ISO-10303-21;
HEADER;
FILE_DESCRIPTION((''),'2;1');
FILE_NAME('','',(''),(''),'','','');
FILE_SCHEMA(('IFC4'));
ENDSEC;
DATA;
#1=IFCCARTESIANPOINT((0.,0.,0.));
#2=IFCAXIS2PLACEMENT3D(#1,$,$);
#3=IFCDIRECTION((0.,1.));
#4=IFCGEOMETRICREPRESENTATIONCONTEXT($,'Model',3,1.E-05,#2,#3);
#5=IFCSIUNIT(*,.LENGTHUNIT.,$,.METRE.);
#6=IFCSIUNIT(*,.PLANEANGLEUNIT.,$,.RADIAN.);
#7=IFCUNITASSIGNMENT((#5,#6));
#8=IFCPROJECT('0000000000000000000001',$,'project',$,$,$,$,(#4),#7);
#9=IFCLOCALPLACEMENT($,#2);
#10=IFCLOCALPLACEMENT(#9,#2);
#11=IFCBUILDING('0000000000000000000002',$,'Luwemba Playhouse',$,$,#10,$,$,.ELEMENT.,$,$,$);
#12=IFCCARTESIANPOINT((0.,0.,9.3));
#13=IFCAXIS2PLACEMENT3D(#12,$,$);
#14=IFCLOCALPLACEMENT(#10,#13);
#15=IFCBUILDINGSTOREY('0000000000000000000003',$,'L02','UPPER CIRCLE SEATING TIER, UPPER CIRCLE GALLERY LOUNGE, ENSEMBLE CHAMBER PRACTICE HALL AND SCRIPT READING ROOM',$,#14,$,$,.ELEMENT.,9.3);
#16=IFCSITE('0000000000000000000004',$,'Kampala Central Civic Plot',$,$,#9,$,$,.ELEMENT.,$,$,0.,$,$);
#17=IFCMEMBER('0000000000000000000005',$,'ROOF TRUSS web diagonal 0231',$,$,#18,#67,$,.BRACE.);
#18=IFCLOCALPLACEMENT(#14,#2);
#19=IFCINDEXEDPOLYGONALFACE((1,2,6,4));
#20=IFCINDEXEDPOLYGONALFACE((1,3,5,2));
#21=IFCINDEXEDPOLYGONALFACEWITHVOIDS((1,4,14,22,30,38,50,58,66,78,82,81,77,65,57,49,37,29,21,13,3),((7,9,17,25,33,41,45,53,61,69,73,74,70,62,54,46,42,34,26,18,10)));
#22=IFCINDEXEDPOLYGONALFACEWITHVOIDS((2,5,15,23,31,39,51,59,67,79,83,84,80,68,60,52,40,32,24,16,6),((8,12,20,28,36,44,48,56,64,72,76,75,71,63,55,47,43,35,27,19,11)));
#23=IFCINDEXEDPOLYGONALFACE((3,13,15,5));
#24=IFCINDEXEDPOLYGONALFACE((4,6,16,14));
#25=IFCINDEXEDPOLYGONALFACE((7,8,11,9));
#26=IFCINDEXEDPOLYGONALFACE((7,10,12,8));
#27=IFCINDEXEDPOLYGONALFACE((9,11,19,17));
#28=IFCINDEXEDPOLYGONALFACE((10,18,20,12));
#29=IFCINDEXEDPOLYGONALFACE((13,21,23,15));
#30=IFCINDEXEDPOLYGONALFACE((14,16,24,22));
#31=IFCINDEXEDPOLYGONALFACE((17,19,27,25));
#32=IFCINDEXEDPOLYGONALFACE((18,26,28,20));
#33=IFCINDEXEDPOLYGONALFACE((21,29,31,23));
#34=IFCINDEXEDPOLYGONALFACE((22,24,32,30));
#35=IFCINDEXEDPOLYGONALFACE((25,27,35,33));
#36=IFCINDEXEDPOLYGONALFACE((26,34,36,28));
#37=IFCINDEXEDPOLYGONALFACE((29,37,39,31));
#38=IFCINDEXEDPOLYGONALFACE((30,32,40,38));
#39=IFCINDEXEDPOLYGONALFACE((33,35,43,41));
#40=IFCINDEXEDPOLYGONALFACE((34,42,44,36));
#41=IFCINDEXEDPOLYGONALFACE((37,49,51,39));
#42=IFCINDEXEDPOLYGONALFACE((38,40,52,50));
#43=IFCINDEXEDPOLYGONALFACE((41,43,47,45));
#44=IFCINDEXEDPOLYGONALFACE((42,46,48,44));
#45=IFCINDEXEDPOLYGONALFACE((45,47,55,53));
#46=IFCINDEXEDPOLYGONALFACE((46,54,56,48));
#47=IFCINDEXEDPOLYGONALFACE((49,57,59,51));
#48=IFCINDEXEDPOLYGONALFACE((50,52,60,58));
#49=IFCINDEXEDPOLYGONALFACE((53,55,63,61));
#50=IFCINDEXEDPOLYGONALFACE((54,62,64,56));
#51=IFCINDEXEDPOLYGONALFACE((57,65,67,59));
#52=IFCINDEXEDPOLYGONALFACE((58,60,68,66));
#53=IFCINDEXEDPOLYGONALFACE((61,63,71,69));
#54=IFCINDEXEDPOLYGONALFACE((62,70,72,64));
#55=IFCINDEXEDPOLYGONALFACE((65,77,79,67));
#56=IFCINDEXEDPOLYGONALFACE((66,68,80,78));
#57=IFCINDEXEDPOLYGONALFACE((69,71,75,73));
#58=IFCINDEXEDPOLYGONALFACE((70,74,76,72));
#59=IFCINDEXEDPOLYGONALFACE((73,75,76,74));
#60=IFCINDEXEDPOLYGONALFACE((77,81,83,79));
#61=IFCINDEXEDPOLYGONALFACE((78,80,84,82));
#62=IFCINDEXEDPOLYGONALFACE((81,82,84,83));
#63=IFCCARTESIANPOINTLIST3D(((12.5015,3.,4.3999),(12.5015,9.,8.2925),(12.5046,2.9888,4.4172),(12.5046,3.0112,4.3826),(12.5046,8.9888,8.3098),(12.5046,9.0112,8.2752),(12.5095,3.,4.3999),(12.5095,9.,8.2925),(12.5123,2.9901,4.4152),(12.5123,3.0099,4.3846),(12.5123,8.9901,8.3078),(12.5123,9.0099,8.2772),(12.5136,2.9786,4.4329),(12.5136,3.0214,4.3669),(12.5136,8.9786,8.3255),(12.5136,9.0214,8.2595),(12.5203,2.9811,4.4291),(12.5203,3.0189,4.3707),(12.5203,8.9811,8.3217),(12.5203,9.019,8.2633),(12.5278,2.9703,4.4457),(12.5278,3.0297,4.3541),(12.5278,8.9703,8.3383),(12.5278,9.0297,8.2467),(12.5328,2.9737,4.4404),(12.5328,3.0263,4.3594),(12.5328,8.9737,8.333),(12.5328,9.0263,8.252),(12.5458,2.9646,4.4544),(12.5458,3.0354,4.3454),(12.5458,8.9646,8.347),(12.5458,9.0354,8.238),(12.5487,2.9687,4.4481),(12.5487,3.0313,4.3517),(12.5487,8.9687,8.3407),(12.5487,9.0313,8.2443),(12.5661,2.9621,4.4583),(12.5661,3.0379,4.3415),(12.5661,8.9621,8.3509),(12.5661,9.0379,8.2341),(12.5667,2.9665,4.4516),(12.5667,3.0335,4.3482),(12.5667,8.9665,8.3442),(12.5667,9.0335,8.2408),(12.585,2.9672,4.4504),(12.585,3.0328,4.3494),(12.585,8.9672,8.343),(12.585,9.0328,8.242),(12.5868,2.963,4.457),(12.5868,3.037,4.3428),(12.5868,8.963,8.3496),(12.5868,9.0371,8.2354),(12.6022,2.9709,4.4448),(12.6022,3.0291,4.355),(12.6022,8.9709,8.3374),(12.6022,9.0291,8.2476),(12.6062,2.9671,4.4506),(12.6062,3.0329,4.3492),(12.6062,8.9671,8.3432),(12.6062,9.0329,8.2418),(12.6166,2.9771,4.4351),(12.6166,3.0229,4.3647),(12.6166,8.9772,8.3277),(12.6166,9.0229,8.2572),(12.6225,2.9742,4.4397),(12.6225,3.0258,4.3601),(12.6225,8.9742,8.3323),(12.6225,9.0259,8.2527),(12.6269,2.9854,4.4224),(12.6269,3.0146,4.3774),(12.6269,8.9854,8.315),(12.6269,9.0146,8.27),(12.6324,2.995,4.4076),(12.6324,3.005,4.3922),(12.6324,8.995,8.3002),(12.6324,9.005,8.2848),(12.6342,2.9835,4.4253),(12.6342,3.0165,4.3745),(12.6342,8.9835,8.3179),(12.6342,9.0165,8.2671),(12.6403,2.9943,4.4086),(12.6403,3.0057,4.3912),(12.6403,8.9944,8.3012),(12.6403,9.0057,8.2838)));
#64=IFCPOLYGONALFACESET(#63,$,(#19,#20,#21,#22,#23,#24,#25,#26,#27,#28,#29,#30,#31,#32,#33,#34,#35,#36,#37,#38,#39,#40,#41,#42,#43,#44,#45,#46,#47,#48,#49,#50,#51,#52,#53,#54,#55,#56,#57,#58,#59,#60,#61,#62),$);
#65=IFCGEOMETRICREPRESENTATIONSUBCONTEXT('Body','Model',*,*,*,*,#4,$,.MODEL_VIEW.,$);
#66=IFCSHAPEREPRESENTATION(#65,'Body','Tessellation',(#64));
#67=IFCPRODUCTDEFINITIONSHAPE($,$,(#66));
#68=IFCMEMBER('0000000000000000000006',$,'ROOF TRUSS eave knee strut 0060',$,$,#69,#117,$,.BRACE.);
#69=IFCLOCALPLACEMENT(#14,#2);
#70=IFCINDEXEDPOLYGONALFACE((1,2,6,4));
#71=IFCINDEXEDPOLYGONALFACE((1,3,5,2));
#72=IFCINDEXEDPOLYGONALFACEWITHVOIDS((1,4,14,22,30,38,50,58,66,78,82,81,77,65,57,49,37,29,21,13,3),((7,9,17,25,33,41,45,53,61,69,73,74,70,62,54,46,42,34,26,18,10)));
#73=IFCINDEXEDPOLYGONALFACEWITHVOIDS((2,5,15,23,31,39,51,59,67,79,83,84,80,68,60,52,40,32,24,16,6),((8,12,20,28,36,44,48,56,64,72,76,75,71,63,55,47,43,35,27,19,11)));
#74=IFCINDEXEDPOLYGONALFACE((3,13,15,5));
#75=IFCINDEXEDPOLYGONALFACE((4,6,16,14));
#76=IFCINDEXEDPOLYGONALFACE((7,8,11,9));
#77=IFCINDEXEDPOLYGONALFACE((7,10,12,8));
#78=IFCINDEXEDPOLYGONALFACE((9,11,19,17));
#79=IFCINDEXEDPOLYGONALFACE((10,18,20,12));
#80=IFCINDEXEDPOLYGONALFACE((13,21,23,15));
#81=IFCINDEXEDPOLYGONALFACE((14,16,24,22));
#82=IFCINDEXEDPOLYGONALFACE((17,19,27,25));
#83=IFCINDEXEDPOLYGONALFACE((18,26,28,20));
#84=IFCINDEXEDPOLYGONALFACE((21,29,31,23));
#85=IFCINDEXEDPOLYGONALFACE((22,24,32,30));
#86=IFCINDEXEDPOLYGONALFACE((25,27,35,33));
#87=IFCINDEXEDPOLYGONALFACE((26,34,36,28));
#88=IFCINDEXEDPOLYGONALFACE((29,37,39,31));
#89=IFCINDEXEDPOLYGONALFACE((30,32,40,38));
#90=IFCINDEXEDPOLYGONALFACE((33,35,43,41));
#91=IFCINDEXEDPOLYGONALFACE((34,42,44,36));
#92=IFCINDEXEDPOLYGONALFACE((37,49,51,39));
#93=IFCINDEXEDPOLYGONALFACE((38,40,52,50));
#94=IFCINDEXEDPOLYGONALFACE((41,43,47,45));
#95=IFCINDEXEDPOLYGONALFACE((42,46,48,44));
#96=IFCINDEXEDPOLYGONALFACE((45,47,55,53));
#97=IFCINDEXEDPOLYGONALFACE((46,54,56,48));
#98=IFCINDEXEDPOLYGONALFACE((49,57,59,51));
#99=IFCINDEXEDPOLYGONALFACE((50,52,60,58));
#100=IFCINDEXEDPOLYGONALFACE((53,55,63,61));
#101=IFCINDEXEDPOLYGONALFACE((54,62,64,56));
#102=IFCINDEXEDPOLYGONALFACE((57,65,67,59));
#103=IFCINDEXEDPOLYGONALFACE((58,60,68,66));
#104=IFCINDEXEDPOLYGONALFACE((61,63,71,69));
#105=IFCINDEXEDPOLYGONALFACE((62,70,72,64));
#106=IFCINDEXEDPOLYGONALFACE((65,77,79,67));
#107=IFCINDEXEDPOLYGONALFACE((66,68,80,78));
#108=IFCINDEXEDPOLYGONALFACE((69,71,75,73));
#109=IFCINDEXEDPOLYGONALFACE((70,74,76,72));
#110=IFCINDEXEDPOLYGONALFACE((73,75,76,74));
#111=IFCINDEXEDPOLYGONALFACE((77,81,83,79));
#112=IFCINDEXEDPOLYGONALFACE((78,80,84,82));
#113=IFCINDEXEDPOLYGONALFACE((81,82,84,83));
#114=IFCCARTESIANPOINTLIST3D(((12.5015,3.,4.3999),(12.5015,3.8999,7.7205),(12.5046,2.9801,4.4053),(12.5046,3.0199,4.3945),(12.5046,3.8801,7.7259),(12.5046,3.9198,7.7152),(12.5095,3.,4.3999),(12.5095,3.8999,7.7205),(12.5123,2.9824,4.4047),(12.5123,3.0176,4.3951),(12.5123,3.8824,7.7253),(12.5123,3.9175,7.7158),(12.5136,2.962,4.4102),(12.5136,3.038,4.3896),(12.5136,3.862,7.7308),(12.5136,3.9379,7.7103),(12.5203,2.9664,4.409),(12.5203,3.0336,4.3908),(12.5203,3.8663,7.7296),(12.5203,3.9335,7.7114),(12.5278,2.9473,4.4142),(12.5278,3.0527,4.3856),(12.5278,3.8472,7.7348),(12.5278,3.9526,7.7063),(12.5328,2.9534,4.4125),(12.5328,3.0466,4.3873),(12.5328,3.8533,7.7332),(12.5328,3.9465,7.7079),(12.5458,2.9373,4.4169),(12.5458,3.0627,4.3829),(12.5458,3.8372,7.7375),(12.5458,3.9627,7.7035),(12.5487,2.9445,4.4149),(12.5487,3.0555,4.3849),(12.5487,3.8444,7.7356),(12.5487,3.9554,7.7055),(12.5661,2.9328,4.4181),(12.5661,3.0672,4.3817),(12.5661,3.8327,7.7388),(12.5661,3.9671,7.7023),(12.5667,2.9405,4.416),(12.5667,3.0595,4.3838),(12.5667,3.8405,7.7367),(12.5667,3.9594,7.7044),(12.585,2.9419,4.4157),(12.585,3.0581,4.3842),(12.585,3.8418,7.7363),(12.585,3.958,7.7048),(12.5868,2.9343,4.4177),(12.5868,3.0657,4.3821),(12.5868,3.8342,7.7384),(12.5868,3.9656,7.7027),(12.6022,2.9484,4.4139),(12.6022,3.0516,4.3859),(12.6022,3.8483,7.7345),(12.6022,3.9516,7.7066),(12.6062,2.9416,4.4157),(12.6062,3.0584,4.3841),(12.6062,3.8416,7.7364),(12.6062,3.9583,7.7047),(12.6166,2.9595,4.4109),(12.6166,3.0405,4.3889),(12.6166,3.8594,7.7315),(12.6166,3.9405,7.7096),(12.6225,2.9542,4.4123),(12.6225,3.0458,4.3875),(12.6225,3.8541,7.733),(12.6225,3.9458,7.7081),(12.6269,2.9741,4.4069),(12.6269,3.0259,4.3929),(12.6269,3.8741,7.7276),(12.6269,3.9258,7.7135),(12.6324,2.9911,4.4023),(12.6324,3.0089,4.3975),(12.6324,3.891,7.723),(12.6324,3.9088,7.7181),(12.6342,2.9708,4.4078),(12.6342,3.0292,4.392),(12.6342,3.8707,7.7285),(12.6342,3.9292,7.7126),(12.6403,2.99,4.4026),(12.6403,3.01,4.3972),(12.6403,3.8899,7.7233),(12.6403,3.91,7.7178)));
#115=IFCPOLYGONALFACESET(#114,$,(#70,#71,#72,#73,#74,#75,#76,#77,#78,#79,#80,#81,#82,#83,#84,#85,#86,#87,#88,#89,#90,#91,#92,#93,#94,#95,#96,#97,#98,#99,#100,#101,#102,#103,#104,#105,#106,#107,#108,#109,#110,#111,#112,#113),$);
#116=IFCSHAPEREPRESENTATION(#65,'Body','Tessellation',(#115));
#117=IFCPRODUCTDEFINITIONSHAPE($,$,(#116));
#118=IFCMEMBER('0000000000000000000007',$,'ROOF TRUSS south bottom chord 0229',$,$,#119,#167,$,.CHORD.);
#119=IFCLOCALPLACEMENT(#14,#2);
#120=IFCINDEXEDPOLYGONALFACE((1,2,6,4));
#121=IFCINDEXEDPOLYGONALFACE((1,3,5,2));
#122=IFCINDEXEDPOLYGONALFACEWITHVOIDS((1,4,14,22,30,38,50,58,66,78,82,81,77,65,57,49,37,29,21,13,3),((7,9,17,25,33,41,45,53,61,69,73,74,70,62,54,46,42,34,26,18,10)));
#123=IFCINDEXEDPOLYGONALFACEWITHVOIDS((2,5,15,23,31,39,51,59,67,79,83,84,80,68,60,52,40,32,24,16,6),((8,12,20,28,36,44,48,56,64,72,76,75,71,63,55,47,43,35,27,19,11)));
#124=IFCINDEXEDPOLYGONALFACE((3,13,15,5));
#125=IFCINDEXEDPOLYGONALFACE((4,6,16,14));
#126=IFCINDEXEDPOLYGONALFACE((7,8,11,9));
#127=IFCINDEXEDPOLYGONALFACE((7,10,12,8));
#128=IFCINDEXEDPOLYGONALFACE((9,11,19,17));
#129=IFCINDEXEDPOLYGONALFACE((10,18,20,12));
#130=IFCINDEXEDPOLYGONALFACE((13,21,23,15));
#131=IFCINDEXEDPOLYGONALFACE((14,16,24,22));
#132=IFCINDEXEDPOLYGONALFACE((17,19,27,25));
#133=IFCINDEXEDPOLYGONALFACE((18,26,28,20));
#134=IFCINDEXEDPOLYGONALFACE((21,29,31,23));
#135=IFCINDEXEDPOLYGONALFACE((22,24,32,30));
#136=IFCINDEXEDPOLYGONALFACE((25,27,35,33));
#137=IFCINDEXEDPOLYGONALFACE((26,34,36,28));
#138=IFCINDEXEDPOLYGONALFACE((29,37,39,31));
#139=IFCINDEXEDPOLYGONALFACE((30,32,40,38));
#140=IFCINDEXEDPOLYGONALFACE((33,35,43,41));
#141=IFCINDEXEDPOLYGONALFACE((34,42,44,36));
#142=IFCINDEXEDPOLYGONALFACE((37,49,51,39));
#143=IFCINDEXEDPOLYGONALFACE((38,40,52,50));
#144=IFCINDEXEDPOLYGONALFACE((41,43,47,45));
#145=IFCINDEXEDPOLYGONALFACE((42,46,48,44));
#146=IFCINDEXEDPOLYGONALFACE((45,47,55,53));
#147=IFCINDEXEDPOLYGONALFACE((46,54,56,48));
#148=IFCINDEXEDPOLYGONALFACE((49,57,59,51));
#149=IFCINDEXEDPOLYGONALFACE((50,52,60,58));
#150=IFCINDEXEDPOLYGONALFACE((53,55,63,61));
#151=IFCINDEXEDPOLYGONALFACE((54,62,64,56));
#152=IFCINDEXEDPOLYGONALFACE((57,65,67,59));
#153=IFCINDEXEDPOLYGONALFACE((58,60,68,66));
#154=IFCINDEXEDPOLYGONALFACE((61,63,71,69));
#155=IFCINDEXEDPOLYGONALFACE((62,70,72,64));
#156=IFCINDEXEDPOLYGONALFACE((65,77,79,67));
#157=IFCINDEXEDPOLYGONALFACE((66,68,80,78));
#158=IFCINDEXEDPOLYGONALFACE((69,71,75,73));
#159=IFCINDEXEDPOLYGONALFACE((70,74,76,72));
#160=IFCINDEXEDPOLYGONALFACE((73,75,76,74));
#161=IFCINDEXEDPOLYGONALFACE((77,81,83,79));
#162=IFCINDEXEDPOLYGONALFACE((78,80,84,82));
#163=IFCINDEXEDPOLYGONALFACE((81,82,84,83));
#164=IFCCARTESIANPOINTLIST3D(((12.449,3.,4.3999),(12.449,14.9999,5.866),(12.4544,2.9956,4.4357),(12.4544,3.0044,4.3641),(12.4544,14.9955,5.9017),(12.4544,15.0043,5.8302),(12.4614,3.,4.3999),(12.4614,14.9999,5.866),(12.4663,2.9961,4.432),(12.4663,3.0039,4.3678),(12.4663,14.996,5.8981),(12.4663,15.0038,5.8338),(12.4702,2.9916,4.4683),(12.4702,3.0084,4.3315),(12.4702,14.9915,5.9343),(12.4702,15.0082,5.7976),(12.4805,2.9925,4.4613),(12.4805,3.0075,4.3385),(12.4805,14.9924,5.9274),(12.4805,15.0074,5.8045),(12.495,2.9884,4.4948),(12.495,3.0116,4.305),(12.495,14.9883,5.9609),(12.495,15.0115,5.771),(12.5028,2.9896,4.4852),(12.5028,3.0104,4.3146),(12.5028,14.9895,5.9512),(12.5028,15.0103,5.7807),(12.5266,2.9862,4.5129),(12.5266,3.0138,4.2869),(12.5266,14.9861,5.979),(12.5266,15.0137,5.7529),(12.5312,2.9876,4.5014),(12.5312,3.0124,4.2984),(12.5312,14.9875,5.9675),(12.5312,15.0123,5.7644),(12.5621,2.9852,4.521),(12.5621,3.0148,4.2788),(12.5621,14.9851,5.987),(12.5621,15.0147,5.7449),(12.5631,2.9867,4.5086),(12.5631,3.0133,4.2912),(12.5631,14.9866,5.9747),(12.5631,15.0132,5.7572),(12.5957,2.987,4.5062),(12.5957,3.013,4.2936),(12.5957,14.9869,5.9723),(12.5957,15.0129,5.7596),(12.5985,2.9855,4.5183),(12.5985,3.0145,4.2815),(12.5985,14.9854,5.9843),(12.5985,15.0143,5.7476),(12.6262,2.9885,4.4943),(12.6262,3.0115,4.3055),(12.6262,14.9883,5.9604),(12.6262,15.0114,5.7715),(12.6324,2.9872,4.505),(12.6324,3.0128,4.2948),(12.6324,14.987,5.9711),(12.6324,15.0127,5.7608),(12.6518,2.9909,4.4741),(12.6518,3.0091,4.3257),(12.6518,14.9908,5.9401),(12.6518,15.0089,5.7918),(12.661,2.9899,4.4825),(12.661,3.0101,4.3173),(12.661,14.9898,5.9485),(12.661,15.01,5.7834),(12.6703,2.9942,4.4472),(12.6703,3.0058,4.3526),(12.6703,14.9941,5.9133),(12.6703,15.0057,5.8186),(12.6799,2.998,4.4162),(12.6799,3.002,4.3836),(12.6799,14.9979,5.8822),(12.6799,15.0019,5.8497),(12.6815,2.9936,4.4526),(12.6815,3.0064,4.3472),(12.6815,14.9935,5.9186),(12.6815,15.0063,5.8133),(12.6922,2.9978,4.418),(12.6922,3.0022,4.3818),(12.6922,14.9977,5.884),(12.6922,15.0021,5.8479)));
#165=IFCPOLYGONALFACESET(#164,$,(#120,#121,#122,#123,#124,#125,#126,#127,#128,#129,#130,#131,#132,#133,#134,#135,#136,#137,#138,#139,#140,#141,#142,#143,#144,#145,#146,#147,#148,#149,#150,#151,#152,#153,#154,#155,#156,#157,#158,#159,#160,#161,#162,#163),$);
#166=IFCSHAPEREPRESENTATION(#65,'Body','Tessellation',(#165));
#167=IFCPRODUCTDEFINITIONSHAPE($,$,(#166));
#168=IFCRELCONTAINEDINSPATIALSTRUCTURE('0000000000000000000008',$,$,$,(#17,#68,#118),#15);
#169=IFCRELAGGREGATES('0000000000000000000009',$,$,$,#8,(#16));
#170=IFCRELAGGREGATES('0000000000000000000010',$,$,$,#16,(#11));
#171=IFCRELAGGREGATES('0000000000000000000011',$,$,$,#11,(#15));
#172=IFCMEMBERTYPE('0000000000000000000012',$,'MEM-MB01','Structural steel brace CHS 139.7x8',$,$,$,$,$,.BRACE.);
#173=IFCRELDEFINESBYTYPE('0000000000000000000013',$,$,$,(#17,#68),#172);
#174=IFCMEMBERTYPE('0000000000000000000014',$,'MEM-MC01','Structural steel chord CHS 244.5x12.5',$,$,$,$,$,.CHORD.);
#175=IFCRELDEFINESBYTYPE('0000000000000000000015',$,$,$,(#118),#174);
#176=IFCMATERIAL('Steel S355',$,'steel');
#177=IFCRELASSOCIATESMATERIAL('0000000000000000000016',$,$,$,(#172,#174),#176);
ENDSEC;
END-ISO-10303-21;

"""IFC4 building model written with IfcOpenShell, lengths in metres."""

from ifc_helpers import new_model, si_unit, direction, frame, origin, origin_2d, place, context, subcontext, project, spatial, hollow_circle, extrude, material, material_profile, profile_set, type_object, element, save


model = new_model("IFC4")

# Units and contexts
model_context = context("Model", 3, precision=1e-05, world=origin(), true_north=direction((0.0, 1.0)))
body_context = subcontext(model_context, "Body", "Model", "MODEL_VIEW")
ifc_project = project(units=[si_unit("LENGTHUNIT", "METRE"), si_unit("PLANEANGLEUNIT", "RADIAN")], contexts=[model_context])

# Site, building, storey
site_placement = place(None, origin())
site = spatial("IfcSite", under=ifc_project, at=site_placement, Name="Kampala Central Civic Plot", CompositionType="ELEMENT", RefElevation=0.0)
building_placement = place(site_placement, origin())
building = spatial("IfcBuilding", under=site, at=building_placement, Name="Luwemba Playhouse", CompositionType="ELEMENT")
storey_placement = place(building_placement, frame((0.0, 0.0, 9.3)))
storey = spatial("IfcBuildingStorey", under=building, at=storey_placement, Name="L02", Description="UPPER CIRCLE SEATING TIER, UPPER CIRCLE GALLERY LOUNGE, ENSEMBLE CHAMBER PRACTICE HALL AND SCRIPT READING ROOM", CompositionType="ELEMENT", Elevation=9.3)

# Shared definitions
ifc_material_1 = material(Name="Steel S355", Category="steel")

# Members
ifc_material_profile_1 = material_profile(ifc_material_1, hollow_circle(Radius=0.0698, WallThickness=0.0081, at=origin_2d()))
ifc_profile_set_1 = profile_set([ifc_material_profile_1], Name="Steel S355")
member_type_1 = type_object("IfcMemberType", Name="MEM-MB01", Description="Structural steel brace CHS 139.7x8", PredefinedType="BRACE", material=ifc_profile_set_1)
member_1_placement = place(storey_placement, frame((12.5713, 3.0, 4.3999), z_axis=(0.0, 0.838917, 0.544259), x_axis=(-1.0, 0.0, 0.0)))
element("IfcMember", 1, at=member_1_placement, inside=storey, type_object=member_type_1, Name="ROOF TRUSS web diagonal 0231", PredefinedType="BRACE", context=body_context, shape_type="SweptSolid", body=[
    extrude(hollow_circle(Radius=0.0698, WallThickness=0.0081, at=origin_2d()), origin(), (0.0, 0.0, 1.0), 7.1521),
])
member_2_placement = place(storey_placement, frame((12.5713, 3.0, 4.3999), z_axis=(0.0, 0.261574, 0.965183), x_axis=(-1.0, 0.0, 0.0)))
element("IfcMember", 2, at=member_2_placement, inside=storey, type_object=member_type_1, Name="ROOF TRUSS eave knee strut 0060", PredefinedType="BRACE", context=body_context, shape_type="SweptSolid", body=[
    extrude(hollow_circle(Radius=0.0698, WallThickness=0.0081, at=origin_2d()), origin(), (0.0, 0.0, 1.0), 3.4404),
])
ifc_material_profile_2 = material_profile(ifc_material_1, hollow_circle(Radius=0.1223, WallThickness=0.0125, at=origin_2d()))
ifc_profile_set_2 = profile_set([ifc_material_profile_2], Name="Steel S355")
member_type_2 = type_object("IfcMemberType", Name="MEM-MC01", Description="Structural steel chord CHS 244.5x12.5", PredefinedType="CHORD", material=ifc_profile_set_2)
member_3_placement = place(storey_placement, frame((12.5713, 3.0, 4.3999), z_axis=(0.0, 0.99262, 0.12127), x_axis=(-1.0, 0.0, 0.0)))
element("IfcMember", 3, at=member_3_placement, inside=storey, type_object=member_type_2, Name="ROOF TRUSS south bottom chord 0229", PredefinedType="CHORD", context=body_context, shape_type="SweptSolid", body=[
    extrude(hollow_circle(Radius=0.1223, WallThickness=0.0125, at=origin_2d()), origin(), (0.0, 0.0, 1.0), 12.0891),
])

save(model, "model.ifc")
